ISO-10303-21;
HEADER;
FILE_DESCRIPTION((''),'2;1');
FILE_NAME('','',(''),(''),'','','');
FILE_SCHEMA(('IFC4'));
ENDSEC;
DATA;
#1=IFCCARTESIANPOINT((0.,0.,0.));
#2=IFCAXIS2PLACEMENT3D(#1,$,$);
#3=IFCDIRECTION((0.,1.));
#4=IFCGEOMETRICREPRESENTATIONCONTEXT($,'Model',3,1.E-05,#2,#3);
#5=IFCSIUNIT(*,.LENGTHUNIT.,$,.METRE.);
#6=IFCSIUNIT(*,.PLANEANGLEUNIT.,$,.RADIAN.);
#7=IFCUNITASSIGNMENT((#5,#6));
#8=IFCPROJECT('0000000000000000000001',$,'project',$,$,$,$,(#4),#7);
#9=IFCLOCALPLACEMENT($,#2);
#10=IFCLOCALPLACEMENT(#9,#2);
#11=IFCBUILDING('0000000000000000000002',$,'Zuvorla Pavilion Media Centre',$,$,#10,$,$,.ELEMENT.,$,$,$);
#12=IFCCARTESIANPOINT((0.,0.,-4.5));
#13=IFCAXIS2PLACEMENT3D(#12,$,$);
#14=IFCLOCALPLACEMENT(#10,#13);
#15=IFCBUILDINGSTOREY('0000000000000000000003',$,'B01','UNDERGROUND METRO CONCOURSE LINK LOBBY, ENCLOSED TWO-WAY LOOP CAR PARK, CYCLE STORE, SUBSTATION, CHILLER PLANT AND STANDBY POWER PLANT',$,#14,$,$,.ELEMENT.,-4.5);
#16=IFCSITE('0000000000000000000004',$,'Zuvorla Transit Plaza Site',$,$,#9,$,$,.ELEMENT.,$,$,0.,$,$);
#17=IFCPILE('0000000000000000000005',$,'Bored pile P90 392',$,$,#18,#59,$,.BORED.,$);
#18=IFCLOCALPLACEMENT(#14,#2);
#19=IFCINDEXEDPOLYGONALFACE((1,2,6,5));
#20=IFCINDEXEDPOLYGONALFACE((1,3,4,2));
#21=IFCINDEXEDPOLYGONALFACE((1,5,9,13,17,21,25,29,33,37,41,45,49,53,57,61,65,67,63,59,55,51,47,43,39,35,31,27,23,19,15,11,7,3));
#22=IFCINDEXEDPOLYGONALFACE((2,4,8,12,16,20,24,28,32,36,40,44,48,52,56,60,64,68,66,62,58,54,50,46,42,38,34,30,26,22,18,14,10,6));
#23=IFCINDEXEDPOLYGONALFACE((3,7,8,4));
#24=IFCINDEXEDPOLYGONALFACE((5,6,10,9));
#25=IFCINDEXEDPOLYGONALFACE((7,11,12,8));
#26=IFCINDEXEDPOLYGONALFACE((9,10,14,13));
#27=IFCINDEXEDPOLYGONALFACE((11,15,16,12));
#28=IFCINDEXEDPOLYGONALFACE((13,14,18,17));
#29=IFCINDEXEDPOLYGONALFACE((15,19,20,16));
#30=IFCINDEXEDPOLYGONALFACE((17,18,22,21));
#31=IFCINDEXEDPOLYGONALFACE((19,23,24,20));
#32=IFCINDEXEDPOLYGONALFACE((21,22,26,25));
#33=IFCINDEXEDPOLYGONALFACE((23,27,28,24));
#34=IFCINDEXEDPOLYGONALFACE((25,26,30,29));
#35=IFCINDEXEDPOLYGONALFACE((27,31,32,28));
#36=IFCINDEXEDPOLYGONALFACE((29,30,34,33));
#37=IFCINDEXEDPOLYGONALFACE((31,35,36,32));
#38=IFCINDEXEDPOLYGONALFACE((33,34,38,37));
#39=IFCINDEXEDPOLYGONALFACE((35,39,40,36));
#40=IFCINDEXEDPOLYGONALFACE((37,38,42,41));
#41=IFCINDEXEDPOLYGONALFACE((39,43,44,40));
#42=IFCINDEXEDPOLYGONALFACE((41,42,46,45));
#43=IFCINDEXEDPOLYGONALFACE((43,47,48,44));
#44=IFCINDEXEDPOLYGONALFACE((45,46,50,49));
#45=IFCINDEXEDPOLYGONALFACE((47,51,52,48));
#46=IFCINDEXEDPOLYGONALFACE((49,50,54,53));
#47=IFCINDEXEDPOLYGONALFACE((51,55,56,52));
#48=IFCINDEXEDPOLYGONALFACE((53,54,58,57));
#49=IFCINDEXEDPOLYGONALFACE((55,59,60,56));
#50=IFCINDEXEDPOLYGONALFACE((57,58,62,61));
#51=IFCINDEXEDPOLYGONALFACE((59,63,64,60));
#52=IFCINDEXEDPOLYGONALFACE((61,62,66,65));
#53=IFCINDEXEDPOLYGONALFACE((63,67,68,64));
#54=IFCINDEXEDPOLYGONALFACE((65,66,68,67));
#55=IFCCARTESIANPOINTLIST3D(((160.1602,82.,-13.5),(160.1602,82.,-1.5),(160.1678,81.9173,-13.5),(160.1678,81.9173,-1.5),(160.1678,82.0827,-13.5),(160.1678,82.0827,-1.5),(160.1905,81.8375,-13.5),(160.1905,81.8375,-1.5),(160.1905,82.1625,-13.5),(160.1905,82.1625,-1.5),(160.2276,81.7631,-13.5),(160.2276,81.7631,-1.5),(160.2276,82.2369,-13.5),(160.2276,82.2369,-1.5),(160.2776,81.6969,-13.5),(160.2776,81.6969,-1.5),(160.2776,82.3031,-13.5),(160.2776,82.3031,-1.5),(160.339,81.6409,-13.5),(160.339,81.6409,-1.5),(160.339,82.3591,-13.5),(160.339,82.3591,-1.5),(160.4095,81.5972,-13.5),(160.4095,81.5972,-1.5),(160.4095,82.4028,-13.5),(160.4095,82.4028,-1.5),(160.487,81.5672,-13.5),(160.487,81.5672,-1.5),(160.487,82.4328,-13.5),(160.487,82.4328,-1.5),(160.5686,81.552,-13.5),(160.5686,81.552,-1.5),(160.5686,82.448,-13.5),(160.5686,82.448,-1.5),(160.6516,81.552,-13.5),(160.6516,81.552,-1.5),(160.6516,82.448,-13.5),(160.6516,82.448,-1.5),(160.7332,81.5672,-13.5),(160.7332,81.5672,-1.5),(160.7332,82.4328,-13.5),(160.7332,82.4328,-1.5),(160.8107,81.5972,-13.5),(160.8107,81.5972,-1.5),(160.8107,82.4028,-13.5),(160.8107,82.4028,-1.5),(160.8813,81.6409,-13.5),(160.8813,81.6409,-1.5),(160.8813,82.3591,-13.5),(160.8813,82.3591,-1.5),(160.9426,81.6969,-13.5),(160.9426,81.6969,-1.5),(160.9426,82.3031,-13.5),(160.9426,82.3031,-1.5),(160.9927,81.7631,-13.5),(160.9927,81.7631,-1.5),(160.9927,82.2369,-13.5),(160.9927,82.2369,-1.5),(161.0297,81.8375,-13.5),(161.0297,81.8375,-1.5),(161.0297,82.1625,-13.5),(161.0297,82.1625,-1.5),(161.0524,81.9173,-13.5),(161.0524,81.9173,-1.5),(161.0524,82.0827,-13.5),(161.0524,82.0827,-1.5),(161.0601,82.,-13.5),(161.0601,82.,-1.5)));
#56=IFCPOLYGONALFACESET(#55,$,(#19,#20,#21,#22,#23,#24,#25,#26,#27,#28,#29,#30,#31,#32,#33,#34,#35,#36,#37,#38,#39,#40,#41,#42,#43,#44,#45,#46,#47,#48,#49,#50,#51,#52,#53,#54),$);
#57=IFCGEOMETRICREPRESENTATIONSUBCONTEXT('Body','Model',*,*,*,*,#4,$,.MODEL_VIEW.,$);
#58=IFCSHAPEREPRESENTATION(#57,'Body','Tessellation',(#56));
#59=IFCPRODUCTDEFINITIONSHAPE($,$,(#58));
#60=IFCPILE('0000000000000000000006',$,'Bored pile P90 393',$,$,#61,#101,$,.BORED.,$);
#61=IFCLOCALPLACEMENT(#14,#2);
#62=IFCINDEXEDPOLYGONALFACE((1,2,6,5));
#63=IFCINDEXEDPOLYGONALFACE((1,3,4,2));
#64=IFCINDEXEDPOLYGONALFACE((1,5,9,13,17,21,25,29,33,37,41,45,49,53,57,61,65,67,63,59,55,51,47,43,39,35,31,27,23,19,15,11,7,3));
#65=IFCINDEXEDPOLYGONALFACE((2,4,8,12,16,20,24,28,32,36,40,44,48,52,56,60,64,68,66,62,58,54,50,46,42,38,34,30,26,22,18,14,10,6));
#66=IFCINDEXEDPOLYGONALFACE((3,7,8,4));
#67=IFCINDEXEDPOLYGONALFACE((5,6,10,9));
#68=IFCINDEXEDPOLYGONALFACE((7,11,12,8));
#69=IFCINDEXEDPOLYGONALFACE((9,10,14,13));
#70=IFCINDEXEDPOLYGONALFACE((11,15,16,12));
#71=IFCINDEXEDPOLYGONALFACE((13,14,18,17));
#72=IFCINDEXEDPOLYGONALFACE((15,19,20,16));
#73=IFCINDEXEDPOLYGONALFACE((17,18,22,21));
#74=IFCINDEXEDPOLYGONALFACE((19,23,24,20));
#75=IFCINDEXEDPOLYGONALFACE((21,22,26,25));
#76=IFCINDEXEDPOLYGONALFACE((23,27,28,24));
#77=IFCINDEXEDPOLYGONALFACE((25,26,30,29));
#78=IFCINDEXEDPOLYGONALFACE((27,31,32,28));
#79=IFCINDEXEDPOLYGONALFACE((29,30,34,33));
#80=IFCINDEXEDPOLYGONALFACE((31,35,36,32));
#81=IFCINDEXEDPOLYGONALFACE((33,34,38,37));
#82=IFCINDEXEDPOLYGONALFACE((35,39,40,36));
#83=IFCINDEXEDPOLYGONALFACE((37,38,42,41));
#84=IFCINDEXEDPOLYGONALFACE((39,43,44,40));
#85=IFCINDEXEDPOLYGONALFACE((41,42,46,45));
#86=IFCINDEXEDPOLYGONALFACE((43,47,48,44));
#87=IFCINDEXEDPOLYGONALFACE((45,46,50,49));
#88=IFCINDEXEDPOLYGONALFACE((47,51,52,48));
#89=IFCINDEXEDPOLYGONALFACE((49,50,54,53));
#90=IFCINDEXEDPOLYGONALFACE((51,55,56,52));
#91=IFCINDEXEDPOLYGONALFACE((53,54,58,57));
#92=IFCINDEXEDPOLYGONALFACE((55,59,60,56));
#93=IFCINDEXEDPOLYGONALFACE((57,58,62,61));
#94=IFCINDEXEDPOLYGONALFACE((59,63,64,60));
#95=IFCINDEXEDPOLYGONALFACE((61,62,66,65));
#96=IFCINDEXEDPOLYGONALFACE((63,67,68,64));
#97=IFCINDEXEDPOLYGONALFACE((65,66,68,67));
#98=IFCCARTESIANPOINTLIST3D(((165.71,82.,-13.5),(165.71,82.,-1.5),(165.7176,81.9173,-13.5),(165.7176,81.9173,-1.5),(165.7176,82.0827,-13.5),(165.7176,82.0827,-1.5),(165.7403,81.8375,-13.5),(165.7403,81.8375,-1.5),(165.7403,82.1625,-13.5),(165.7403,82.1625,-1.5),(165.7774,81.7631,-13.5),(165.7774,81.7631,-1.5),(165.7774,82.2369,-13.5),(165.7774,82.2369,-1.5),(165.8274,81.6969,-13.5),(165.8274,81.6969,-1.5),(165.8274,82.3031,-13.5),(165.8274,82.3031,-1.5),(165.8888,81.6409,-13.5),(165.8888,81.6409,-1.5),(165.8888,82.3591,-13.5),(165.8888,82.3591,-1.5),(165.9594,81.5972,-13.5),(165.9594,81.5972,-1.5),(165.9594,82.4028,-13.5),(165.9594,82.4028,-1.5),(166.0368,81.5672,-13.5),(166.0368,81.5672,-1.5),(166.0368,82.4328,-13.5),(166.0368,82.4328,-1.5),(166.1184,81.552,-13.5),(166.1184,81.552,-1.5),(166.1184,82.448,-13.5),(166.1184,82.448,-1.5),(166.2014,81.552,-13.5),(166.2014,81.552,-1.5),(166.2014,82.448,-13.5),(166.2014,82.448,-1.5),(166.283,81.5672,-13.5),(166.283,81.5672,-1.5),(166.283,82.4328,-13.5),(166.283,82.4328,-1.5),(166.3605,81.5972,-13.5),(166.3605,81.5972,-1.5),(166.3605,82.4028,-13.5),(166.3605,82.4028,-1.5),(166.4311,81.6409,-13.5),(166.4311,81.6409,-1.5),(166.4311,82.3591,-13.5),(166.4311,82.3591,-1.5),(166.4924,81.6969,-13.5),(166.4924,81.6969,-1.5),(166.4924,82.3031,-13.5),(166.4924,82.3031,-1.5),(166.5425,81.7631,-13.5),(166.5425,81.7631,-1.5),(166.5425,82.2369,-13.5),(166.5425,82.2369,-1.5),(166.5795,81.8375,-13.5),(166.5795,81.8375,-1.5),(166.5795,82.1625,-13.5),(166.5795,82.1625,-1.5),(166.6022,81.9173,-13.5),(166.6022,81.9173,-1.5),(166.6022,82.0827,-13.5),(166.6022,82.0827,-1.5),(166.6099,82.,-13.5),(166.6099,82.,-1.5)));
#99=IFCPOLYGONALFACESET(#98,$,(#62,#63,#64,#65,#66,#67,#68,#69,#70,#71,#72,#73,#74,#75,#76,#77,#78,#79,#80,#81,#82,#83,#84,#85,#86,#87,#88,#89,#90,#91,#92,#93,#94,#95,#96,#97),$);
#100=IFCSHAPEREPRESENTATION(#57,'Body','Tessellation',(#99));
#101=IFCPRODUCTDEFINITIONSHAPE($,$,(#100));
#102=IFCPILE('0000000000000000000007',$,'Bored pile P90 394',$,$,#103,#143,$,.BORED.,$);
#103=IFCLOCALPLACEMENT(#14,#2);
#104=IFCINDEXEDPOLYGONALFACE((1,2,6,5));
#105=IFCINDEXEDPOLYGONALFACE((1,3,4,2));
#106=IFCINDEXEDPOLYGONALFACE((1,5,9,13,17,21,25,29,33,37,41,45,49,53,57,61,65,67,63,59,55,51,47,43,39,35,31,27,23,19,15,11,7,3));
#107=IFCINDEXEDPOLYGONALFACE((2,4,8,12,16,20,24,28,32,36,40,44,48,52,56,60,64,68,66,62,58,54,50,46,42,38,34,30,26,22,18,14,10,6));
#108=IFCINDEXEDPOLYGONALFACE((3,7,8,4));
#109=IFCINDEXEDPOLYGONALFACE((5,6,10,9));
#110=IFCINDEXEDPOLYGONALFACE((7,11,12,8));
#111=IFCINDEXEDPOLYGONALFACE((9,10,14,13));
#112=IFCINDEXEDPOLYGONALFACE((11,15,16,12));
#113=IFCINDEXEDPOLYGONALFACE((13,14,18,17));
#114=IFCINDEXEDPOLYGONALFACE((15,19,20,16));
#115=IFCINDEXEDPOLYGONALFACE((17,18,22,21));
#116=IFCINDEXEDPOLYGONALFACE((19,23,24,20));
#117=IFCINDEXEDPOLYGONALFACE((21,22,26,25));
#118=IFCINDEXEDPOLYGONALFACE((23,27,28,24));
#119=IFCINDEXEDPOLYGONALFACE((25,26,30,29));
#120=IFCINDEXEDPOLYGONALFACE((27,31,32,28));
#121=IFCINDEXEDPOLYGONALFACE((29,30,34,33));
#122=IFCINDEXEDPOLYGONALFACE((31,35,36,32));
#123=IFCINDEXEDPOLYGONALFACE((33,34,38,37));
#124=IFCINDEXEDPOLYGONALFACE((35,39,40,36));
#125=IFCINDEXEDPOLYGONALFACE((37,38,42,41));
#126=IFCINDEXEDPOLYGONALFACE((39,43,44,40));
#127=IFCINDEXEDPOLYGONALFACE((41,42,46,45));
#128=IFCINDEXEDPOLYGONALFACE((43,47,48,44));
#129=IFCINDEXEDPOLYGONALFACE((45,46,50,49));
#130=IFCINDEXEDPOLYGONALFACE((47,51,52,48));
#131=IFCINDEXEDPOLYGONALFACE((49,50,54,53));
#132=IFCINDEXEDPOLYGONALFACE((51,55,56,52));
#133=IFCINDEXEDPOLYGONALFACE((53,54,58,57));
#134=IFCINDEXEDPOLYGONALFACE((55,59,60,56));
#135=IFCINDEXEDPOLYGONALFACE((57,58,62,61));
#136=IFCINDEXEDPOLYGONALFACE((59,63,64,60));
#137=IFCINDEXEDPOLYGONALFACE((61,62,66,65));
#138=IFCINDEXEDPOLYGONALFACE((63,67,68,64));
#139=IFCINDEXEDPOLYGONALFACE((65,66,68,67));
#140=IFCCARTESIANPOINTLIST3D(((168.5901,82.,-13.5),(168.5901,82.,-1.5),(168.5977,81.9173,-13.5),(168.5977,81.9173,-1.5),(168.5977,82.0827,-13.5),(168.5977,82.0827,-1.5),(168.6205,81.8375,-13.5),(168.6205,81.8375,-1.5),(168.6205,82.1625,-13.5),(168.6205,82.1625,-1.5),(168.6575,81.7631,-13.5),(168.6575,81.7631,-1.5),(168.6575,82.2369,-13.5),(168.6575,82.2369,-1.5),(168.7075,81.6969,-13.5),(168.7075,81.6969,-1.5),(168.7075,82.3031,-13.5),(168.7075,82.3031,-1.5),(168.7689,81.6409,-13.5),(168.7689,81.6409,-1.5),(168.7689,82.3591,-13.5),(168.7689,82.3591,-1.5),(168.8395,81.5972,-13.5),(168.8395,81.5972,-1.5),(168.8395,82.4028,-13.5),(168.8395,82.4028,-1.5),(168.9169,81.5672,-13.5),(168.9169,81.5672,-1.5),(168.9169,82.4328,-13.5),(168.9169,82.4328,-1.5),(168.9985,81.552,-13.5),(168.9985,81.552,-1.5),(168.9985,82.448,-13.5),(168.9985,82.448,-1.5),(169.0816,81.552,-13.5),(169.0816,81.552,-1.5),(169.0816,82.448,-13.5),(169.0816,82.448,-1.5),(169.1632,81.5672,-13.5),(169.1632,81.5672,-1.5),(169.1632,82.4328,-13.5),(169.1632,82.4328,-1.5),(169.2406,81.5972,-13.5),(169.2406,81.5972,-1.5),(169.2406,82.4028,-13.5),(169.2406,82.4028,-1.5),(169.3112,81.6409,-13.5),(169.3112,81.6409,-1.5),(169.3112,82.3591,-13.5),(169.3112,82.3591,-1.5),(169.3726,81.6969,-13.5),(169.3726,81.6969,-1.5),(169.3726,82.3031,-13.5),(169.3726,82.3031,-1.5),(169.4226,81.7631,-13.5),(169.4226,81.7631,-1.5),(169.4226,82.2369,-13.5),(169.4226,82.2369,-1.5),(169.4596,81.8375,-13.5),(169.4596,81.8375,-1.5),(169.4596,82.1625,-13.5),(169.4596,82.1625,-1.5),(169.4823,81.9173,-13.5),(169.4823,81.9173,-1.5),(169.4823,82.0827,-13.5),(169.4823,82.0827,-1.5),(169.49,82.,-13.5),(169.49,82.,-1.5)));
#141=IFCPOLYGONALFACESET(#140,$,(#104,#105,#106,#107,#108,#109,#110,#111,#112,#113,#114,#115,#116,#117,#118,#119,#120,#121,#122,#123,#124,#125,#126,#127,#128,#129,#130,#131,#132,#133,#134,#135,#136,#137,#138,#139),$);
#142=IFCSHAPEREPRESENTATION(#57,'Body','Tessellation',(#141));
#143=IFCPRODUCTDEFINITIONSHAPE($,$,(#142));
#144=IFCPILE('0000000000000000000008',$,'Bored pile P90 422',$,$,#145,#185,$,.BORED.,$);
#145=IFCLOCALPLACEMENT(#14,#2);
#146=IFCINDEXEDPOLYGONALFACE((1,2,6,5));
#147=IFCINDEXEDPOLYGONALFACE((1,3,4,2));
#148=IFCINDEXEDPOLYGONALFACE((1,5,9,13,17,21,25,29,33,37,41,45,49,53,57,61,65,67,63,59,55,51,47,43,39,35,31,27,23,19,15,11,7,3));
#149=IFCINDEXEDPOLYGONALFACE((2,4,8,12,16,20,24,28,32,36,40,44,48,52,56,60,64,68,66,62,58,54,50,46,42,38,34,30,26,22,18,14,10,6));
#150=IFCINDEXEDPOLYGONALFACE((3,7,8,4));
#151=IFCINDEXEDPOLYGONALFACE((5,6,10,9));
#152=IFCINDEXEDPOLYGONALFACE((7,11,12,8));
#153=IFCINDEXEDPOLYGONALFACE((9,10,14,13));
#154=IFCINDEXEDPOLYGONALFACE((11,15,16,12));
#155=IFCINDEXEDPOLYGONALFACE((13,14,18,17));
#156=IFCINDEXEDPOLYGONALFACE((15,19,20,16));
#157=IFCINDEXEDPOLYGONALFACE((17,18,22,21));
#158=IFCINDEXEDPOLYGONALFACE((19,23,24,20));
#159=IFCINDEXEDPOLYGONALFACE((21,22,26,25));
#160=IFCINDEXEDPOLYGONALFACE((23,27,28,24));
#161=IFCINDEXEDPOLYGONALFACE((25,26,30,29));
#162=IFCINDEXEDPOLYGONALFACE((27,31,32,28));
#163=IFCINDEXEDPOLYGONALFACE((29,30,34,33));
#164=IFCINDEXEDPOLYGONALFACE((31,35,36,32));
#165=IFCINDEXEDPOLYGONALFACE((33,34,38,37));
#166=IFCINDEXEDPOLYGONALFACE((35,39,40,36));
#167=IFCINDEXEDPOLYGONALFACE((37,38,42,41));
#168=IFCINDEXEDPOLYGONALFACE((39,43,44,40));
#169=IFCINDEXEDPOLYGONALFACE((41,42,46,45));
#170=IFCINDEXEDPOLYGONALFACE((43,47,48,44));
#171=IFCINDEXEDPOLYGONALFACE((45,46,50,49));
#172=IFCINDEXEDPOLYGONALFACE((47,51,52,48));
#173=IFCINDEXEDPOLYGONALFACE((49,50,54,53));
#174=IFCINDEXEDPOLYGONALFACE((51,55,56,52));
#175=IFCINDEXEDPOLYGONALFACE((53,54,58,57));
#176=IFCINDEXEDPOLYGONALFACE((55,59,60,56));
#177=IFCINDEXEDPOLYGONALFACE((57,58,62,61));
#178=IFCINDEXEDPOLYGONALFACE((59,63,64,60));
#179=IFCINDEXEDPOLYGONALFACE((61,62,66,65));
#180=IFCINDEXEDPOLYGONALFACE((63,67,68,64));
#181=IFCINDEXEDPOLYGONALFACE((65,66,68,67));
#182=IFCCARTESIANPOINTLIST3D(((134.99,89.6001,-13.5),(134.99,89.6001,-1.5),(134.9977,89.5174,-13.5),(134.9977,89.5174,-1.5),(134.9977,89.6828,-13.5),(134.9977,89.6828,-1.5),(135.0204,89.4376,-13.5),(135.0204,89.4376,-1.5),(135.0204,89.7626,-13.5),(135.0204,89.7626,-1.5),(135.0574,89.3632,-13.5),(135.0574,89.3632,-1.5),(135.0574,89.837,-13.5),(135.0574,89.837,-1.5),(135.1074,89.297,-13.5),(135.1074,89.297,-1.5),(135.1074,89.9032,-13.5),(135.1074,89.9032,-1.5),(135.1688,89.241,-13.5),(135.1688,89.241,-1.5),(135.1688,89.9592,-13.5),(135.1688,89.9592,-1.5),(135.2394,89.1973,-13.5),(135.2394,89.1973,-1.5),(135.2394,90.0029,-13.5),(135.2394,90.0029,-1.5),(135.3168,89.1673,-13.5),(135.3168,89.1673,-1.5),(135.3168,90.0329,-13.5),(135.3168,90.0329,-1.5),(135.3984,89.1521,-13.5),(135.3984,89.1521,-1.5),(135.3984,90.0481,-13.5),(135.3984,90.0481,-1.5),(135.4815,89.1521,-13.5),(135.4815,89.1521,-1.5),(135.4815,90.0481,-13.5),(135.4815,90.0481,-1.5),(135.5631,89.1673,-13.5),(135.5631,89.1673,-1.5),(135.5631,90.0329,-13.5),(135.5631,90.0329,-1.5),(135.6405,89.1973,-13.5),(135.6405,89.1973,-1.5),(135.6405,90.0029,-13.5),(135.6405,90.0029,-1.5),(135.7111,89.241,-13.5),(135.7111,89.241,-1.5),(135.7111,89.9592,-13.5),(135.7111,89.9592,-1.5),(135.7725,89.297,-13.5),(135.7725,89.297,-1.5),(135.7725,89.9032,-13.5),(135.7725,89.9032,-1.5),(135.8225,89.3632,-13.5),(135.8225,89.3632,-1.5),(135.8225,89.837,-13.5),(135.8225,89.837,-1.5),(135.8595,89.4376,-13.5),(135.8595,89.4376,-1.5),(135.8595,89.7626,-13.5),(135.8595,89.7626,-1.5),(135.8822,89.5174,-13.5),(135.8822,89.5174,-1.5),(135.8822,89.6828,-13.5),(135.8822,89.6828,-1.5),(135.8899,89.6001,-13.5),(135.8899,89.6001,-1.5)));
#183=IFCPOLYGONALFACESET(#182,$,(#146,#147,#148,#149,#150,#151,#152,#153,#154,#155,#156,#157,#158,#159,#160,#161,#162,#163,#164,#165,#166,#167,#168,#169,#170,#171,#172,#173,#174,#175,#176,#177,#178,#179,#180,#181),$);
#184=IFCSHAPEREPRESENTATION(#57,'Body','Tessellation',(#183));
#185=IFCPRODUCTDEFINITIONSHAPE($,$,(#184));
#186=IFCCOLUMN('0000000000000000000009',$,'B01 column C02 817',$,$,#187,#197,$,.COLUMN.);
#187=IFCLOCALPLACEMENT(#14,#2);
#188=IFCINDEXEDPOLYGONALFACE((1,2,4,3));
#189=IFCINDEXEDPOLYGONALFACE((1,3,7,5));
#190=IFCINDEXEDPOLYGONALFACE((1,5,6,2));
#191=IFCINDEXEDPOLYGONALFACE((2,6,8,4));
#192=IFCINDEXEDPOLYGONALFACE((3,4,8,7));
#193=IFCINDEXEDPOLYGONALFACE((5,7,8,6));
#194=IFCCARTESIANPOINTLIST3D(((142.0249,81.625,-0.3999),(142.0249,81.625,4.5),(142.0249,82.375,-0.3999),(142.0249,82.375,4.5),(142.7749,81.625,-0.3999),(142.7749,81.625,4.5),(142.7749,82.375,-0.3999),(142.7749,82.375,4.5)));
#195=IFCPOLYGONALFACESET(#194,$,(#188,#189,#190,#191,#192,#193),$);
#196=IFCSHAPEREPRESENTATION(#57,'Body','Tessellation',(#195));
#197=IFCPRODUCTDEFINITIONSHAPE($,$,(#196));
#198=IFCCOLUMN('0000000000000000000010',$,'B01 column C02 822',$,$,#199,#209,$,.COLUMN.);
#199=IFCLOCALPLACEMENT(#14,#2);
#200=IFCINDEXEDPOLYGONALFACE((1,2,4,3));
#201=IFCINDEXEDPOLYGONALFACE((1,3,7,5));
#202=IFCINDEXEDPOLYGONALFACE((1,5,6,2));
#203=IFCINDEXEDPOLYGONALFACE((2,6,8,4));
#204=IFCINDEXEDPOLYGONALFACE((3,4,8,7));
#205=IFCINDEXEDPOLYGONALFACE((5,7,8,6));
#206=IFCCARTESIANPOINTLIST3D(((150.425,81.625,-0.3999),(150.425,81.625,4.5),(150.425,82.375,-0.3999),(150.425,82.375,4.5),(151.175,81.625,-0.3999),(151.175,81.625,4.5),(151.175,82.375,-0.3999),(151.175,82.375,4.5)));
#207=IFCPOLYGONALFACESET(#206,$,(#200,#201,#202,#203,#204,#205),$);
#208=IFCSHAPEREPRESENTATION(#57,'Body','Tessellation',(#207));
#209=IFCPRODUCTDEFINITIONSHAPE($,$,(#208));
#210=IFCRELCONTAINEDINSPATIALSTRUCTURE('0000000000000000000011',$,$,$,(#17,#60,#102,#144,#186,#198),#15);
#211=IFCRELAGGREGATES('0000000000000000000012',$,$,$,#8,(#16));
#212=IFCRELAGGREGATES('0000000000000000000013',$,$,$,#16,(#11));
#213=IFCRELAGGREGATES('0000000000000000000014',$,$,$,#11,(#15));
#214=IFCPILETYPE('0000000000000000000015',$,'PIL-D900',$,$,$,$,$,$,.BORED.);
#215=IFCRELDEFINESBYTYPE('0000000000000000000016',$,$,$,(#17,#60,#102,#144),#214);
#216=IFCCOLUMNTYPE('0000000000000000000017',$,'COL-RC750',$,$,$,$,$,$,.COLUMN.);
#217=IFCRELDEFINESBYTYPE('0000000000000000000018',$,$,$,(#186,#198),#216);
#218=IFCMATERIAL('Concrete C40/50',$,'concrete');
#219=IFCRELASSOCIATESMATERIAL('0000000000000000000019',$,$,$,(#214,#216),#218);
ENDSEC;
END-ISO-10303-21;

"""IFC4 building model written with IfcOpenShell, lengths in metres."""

from ifc_helpers import new_model, si_unit, direction, frame, origin, origin_2d, place, context, subcontext, project, spatial, rectangle, circle, extrude, material, material_profile, profile_set, type_object, element, save


model = new_model("IFC4")

# Units and contexts
model_context = context("Model", 3, precision=1e-05, world=origin(), true_north=direction((0.0, 1.0)))
body_context = subcontext(model_context, "Body", "Model", "MODEL_VIEW")
ifc_project = project(units=[si_unit("LENGTHUNIT", "METRE"), si_unit("PLANEANGLEUNIT", "RADIAN")], contexts=[model_context])

# Site, building, storey
site_placement = place(None, origin())
site = spatial("IfcSite", under=ifc_project, at=site_placement, Name="Zuvorla Transit Plaza Site", CompositionType="ELEMENT", RefElevation=0.0)
building_placement = place(site_placement, origin())
building = spatial("IfcBuilding", under=site, at=building_placement, Name="Zuvorla Pavilion Media Centre", CompositionType="ELEMENT")
storey_placement = place(building_placement, frame((0.0, 0.0, -4.5)))
storey = spatial("IfcBuildingStorey", under=building, at=storey_placement, Name="B01", Description="UNDERGROUND METRO CONCOURSE LINK LOBBY, ENCLOSED TWO-WAY LOOP CAR PARK, CYCLE STORE, SUBSTATION, CHILLER PLANT AND STANDBY POWER PLANT", CompositionType="ELEMENT", Elevation=-4.5)

# Shared definitions
ifc_material = material(Name="Concrete C40/50", Category="concrete")

# Piles
ifc_material_profile_1 = material_profile(ifc_material, circle(Radius=0.45, at=origin_2d()), Name="BORED PILE 900")
ifc_profile_set_1 = profile_set([ifc_material_profile_1], Name="Concrete C40/50")
pile_type = type_object("IfcPileType", Name="PIL-D900", PredefinedType="BORED", material=ifc_profile_set_1)
for number, where, z_axis, x_axis, name in (
    (1, (160.6101, 82.0, -1.5), (0.0, 0.0, -1.0), (1.0, 0.0, 0.0), "Bored pile P90 392"),
    (2, (166.1599, 82.0, -1.5), (0.0, 0.0, -1.0), (1.0, 0.0, 0.0), "Bored pile P90 393"),
    (3, (169.04, 82.0, -1.5), (0.0, 0.0, -1.0), (1.0, 0.0, 0.0), "Bored pile P90 394"),
    (4, (135.4399, 89.6001, -1.5), (0.0, 0.0, -1.0), (1.0, 0.0, 0.0), "Bored pile P90 422"),
):
    element("IfcPile", number, at=place(storey_placement, frame(where, z_axis=z_axis, x_axis=x_axis)), inside=storey, type_object=pile_type, Name=name, PredefinedType="BORED", context=body_context, shape_type="SweptSolid", body=[
        extrude(circle(Radius=0.45, at=origin_2d()), origin(), (0.0, 0.0, 1.0), 12.0),
    ])

# Columns
ifc_material_profile_2 = material_profile(ifc_material, rectangle(XDim=0.75, YDim=0.75, at=origin_2d()), Name="RC 750x750")
ifc_profile_set_2 = profile_set([ifc_material_profile_2], Name="Concrete C40/50")
column_type = type_object("IfcColumnType", Name="COL-RC750", PredefinedType="COLUMN", material=ifc_profile_set_2)
for number, where, z_axis, x_axis, name in (
    (5, (142.3999, 82.0, -0.3999), (0.0, 0.0, 1.0), (1.0, 0.0, 0.0), "B01 column C02 817"),
    (6, (150.8, 82.0, -0.3999), (0.0, 0.0, 1.0), (1.0, 0.0, 0.0), "B01 column C02 822"),
):
    element("IfcColumn", number, at=place(storey_placement, frame(where, z_axis=z_axis, x_axis=x_axis)), inside=storey, type_object=column_type, Name=name, PredefinedType="COLUMN", context=body_context, shape_type="SweptSolid", body=[
        extrude(rectangle(XDim=0.75, YDim=0.75, at=origin_2d()), origin(), (0.0, 0.0, 1.0), 4.8999),
    ])

save(model, "model.ifc")
